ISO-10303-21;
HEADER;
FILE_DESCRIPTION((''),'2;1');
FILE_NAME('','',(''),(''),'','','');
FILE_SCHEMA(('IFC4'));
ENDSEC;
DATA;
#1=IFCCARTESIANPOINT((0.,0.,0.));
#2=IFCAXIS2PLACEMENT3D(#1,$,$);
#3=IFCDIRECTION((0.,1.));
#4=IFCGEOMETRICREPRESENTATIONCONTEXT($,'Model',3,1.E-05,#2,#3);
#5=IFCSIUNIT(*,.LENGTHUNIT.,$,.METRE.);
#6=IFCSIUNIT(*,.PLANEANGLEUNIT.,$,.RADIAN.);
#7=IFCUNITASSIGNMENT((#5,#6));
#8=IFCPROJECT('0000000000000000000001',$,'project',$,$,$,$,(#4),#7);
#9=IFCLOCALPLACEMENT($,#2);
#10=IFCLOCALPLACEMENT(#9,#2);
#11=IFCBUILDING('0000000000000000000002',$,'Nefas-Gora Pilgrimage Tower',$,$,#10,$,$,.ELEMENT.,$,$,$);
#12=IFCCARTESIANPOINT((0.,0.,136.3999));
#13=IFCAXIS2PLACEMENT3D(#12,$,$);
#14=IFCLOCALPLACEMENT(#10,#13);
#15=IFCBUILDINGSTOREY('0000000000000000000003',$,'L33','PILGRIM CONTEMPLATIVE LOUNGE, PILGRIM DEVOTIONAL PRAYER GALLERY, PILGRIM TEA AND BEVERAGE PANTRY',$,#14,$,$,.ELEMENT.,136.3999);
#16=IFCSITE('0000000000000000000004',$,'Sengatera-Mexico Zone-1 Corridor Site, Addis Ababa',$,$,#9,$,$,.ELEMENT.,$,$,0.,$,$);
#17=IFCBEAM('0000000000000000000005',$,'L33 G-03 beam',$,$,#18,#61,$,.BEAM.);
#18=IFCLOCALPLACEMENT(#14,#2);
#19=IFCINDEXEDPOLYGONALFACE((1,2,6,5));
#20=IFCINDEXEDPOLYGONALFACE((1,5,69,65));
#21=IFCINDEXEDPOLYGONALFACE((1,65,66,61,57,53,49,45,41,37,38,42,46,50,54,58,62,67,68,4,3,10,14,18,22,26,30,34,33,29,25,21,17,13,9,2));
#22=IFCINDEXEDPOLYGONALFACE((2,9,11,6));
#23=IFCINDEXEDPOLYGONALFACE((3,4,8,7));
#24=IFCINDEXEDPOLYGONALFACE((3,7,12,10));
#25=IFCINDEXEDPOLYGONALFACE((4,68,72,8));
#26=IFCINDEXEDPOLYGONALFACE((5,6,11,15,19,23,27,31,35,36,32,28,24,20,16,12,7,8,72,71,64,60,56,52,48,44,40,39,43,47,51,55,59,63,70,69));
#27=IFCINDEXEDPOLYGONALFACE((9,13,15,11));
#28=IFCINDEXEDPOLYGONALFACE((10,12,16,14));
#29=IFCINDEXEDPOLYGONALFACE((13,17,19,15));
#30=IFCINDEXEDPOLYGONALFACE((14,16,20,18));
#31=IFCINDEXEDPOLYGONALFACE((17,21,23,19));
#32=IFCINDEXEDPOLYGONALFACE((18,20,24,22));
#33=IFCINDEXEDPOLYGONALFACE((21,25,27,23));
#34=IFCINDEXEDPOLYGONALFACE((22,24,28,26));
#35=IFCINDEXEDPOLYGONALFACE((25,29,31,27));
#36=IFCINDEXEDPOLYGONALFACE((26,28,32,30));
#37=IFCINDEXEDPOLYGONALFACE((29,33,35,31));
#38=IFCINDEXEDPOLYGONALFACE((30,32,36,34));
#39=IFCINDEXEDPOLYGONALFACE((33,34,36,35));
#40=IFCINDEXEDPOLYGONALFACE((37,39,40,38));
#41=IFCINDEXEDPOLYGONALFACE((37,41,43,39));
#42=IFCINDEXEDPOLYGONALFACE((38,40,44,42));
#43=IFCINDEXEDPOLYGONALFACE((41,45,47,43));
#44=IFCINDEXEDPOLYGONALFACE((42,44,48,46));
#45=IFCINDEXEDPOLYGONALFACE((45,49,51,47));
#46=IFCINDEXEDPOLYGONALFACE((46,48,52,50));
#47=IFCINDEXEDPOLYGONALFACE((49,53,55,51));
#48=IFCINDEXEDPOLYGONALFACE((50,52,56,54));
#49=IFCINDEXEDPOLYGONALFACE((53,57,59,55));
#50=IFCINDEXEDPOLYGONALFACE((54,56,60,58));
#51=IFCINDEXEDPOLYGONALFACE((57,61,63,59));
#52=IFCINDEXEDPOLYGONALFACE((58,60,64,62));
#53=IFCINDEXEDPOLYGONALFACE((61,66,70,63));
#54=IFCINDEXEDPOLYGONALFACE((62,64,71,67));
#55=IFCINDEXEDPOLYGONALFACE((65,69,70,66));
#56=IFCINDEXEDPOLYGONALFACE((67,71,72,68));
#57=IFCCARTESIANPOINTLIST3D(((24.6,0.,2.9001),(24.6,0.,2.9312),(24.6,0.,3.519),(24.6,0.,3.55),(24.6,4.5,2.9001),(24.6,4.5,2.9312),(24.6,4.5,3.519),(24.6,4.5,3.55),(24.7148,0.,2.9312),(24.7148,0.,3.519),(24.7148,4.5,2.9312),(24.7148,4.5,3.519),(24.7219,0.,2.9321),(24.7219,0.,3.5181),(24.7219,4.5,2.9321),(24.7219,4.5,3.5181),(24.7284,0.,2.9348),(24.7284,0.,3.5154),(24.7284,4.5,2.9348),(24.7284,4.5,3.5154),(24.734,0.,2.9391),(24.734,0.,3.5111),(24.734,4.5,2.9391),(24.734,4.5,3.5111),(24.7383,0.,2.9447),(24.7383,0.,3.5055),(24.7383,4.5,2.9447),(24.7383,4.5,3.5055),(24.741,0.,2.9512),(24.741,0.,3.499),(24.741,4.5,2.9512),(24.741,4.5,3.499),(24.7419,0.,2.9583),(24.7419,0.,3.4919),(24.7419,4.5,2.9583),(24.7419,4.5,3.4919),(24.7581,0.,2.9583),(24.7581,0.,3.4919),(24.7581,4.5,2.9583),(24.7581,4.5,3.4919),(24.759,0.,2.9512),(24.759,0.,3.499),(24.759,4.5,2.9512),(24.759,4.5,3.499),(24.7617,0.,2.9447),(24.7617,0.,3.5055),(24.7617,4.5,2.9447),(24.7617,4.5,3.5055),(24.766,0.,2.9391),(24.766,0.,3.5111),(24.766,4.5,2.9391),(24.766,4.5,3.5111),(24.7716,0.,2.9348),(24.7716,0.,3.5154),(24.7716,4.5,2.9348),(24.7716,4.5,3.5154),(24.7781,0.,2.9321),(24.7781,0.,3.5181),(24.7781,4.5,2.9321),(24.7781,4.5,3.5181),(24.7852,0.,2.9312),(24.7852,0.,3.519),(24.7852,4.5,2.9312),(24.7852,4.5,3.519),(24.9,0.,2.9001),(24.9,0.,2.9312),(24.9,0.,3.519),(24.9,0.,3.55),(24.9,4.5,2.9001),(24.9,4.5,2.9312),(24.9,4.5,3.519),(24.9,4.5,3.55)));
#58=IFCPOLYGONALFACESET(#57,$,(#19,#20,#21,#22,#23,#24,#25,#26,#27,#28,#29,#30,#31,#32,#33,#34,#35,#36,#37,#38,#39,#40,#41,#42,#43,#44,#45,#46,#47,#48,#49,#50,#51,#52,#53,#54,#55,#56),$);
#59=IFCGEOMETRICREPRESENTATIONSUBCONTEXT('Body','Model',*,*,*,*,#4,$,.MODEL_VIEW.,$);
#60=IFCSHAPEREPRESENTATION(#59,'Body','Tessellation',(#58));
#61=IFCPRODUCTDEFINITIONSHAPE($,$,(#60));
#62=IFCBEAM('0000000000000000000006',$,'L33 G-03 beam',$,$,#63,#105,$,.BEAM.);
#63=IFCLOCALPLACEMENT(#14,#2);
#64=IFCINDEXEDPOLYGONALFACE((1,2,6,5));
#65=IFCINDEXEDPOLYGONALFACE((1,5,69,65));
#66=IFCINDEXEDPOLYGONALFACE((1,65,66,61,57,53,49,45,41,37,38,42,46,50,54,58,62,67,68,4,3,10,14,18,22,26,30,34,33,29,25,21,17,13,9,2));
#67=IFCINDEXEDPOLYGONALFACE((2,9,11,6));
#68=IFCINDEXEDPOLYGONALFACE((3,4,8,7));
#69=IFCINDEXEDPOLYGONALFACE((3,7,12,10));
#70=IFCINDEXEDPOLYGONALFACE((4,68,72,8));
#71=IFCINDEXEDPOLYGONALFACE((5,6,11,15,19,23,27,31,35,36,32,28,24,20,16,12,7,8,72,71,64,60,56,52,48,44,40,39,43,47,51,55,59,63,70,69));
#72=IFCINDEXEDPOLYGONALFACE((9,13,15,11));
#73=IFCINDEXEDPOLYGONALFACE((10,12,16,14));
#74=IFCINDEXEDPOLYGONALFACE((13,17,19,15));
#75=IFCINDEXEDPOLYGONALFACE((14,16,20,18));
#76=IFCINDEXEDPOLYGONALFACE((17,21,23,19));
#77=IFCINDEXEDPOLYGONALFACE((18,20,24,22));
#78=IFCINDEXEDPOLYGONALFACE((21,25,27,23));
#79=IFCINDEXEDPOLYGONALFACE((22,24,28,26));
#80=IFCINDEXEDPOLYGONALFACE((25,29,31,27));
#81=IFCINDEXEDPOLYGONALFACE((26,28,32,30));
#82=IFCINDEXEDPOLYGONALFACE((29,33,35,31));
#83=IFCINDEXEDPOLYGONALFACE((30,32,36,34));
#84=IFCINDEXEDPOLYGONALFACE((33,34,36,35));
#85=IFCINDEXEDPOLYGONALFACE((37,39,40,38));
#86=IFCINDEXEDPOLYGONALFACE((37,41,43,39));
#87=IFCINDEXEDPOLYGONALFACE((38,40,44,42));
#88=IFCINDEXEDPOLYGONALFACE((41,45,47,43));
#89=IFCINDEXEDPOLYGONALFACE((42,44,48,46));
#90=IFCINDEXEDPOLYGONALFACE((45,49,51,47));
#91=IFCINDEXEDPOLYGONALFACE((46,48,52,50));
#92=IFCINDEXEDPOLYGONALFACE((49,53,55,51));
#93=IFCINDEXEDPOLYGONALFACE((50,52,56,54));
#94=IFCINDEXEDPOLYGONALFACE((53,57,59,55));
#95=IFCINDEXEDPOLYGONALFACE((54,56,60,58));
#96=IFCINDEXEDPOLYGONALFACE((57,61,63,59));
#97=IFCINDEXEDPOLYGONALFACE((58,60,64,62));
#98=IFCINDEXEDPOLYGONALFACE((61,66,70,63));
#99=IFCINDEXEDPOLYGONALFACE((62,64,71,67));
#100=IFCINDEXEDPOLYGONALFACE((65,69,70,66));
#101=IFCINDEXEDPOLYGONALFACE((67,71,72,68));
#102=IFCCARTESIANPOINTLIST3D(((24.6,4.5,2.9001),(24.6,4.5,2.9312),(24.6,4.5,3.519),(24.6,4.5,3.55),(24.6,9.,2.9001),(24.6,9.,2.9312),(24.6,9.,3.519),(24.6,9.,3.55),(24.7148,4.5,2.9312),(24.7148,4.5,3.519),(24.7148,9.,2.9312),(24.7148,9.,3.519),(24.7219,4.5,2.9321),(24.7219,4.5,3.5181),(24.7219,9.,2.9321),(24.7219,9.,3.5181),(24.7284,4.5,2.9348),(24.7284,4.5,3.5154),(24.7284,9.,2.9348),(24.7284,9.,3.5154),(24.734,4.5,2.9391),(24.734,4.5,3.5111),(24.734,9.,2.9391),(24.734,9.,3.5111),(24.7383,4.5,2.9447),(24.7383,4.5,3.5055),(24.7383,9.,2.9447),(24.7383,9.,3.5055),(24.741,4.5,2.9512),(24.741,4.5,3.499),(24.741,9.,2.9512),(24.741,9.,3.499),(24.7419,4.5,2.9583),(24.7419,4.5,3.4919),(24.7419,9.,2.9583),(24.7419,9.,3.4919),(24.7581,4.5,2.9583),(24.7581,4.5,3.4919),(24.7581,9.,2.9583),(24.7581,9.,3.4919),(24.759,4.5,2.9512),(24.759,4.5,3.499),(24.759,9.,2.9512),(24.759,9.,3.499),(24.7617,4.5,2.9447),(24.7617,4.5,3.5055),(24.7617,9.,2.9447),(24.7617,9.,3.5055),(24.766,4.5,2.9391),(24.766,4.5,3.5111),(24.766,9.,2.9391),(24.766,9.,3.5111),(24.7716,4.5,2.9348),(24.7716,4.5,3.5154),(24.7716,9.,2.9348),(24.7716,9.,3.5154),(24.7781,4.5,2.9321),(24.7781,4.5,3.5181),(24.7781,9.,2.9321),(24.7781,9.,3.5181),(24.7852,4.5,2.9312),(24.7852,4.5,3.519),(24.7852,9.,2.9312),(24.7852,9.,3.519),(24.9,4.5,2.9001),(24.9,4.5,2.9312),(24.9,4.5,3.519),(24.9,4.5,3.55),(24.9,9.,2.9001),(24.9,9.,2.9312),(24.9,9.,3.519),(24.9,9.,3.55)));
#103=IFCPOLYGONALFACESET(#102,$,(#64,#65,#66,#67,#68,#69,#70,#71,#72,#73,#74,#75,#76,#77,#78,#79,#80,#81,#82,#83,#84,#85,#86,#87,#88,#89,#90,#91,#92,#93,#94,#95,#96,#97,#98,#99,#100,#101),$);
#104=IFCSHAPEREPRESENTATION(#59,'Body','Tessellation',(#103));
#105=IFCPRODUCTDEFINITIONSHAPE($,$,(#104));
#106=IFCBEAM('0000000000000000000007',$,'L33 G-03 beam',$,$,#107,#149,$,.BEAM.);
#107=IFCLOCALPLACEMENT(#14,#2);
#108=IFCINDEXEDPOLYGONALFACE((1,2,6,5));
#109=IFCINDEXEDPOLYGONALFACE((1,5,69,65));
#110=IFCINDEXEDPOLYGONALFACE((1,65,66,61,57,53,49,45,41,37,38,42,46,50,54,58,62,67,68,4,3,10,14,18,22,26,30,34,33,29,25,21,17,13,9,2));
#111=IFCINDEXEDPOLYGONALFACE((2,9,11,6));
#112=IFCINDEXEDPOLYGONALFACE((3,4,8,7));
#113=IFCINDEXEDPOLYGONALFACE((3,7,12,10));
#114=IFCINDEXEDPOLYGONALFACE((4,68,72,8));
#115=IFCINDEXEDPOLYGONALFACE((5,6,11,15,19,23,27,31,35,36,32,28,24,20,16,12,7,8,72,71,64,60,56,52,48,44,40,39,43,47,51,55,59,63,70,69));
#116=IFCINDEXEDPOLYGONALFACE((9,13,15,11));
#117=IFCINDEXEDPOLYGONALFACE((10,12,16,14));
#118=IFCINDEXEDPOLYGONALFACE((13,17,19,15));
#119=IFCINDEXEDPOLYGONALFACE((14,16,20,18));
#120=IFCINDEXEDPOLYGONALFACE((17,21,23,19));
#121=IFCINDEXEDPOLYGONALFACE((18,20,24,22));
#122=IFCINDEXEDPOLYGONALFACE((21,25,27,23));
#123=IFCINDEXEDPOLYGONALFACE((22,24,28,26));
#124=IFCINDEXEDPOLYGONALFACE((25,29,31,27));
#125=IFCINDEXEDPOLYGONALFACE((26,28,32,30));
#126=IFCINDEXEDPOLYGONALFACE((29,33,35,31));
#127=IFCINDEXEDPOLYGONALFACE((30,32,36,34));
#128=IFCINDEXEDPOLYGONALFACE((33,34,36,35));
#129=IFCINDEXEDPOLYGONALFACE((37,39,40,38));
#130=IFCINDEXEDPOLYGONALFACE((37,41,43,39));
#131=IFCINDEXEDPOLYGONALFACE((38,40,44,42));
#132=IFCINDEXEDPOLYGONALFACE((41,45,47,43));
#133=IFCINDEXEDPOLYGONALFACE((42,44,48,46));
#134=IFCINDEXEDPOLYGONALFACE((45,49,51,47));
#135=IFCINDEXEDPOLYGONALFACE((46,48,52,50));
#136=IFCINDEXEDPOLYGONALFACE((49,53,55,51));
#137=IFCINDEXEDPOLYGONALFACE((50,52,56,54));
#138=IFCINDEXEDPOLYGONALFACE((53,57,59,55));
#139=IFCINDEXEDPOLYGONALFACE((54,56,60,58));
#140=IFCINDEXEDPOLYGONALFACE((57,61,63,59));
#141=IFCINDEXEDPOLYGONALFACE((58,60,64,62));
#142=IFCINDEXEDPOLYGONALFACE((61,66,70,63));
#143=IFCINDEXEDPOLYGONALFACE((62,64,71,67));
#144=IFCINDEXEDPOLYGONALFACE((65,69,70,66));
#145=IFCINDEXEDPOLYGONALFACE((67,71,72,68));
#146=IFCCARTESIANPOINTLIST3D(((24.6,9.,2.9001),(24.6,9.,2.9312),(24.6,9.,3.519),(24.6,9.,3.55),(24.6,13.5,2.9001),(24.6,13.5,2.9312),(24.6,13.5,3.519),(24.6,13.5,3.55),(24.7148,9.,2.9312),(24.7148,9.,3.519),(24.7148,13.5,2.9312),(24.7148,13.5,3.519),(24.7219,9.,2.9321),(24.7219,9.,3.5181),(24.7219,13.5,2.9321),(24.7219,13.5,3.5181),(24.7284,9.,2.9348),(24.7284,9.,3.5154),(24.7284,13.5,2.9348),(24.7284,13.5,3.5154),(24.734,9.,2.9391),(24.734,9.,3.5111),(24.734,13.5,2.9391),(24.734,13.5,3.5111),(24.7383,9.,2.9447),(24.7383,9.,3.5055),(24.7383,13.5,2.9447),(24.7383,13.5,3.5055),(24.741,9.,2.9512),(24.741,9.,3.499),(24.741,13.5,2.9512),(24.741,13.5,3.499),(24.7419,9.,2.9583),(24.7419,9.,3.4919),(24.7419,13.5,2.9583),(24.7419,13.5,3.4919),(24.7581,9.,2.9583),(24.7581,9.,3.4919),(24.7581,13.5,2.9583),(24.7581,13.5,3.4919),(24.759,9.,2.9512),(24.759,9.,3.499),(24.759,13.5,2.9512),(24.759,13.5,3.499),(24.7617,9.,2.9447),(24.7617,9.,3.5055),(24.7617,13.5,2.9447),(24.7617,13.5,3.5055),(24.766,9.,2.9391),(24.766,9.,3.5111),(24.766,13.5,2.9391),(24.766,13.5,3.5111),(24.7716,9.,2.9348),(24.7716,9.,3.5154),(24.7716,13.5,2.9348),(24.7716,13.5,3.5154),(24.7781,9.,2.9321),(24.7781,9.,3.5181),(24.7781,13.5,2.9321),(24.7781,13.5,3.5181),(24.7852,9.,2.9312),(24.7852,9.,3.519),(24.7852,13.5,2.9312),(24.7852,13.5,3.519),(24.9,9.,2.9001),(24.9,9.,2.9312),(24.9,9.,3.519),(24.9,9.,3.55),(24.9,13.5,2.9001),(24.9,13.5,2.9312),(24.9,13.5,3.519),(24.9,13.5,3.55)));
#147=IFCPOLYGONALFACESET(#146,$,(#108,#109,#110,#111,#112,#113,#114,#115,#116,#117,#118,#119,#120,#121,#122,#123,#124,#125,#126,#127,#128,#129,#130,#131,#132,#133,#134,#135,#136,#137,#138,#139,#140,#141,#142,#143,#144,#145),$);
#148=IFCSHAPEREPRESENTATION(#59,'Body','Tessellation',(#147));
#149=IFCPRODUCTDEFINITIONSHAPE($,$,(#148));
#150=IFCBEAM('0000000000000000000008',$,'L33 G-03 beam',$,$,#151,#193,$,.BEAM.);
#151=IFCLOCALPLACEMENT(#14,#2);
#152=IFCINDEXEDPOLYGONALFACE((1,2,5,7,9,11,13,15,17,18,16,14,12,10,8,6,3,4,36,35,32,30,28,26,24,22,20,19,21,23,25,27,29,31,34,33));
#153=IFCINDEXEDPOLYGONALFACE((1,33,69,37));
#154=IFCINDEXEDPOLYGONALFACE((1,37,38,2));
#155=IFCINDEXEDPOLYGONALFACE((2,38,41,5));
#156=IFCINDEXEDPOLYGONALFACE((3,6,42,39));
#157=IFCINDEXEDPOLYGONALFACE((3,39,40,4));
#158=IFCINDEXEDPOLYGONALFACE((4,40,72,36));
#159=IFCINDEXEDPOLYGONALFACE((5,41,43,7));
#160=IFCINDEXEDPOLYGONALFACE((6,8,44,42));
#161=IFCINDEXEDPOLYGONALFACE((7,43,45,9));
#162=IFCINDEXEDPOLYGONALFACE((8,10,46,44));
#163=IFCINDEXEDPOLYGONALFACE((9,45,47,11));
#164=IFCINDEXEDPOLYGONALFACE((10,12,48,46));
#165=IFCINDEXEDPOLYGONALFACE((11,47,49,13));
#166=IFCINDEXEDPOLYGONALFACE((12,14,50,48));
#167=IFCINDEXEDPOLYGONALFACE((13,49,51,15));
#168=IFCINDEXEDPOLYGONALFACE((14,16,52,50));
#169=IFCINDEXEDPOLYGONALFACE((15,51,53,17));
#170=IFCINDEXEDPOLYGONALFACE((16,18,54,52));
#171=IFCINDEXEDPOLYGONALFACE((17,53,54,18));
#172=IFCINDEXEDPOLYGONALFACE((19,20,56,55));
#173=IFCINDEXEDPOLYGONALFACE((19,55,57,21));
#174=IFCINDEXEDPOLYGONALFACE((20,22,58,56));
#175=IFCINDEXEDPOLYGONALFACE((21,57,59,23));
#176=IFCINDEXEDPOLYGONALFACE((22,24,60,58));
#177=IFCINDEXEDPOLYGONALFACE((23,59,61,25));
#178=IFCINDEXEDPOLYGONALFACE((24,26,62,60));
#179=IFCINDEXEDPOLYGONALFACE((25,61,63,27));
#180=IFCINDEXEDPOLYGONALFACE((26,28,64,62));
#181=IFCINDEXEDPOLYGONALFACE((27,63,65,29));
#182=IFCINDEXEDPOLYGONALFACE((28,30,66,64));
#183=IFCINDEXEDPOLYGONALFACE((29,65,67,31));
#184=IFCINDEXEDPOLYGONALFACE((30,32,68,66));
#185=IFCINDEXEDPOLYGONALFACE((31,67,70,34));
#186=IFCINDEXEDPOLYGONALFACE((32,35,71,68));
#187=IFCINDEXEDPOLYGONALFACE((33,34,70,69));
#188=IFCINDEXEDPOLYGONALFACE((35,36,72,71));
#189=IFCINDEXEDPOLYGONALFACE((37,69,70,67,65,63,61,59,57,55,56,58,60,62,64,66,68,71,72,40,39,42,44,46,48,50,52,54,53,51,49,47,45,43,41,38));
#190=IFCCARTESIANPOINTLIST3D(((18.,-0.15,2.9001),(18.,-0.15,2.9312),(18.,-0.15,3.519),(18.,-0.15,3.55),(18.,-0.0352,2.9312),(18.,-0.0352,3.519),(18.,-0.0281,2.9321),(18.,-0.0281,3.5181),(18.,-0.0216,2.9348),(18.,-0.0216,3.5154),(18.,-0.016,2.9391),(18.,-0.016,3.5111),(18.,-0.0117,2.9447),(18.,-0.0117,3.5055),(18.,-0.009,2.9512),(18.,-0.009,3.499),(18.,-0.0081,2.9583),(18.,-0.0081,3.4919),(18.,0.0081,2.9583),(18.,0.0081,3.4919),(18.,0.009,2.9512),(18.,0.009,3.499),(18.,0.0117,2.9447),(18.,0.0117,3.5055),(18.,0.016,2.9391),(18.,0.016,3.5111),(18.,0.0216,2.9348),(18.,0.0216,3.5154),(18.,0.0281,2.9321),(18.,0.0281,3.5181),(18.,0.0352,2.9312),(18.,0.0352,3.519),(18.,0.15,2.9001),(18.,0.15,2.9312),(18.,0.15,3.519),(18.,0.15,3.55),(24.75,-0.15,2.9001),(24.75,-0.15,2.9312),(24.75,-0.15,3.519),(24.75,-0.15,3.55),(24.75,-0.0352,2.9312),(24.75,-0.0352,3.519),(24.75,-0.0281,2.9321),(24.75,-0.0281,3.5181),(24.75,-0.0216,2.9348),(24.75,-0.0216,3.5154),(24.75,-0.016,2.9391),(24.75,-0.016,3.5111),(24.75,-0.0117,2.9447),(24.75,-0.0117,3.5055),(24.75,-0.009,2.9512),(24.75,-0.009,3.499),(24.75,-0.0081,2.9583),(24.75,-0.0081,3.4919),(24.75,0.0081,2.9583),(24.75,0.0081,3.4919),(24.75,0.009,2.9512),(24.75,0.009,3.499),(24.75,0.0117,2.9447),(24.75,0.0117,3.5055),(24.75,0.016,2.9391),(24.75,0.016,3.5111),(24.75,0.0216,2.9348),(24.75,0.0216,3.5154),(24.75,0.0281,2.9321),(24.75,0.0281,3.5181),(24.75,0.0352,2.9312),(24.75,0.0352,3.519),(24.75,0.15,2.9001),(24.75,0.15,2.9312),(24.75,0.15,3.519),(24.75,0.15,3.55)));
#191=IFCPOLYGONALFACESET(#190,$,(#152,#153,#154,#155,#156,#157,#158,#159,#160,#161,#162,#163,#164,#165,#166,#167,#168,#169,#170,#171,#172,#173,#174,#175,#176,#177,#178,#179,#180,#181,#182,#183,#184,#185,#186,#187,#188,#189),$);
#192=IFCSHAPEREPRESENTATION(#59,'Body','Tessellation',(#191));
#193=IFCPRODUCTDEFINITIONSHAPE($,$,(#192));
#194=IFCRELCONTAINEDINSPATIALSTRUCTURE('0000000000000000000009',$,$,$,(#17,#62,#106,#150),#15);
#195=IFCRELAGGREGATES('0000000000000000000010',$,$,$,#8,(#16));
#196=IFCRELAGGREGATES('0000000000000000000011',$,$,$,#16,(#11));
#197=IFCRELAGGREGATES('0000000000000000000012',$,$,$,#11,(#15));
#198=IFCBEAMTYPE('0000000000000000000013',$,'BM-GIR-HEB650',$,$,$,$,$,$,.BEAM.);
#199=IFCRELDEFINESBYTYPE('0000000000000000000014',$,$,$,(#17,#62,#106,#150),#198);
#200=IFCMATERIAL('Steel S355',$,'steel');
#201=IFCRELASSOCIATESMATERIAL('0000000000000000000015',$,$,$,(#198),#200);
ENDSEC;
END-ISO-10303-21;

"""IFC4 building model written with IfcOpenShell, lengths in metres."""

from ifc_helpers import new_model, si_unit, direction, frame, origin, origin_2d, place, context, subcontext, project, spatial, i_section, extrude, source, transform, mapped, material, material_profile, profile_set, type_object, element, save


model = new_model("IFC4")

# Units and contexts
model_context = context("Model", 3, precision=1e-05, world=origin(), true_north=direction((0.0, 1.0)))
body_context = subcontext(model_context, "Body", "Model", "MODEL_VIEW")
ifc_project = project(units=[si_unit("LENGTHUNIT", "METRE"), si_unit("PLANEANGLEUNIT", "RADIAN")], contexts=[model_context])

# Site, building, storey
site_placement = place(None, origin())
site = spatial("IfcSite", under=ifc_project, at=site_placement, Name="Sengatera-Mexico Zone-1 Corridor Site, Addis Ababa", CompositionType="ELEMENT", RefElevation=0.0)
building_placement = place(site_placement, origin())
building = spatial("IfcBuilding", under=site, at=building_placement, Name="Nefas-Gora Pilgrimage Tower", CompositionType="ELEMENT")
storey_placement = place(building_placement, frame((0.0, 0.0, 136.3999)))
storey = spatial("IfcBuildingStorey", under=building, at=storey_placement, Name="L33", Description="PILGRIM CONTEMPLATIVE LOUNGE, PILGRIM DEVOTIONAL PRAYER GALLERY, PILGRIM TEA AND BEVERAGE PANTRY", CompositionType="ELEMENT", Elevation=136.3999)

# Beams
ifc_material_1 = material(Name="Steel S355", Category="steel")
ifc_material_profile_1 = material_profile(ifc_material_1, i_section(OverallWidth=0.3, OverallDepth=0.6499, WebThickness=0.0161, FlangeThickness=0.031, FilletRadius=0.0271, at=origin_2d()), Name="HEB 650")
ifc_profile_set_1 = profile_set([ifc_material_profile_1], Name="Steel S355")
beam_type_1 = type_object("IfcBeamType", Name="BM-GIR-HEB650", PredefinedType="BEAM", material=ifc_profile_set_1)
shared_shape_1 = source(origin(), body_context, "Body", "SweptSolid", [
    extrude(i_section(OverallWidth=0.3, OverallDepth=0.6499, WebThickness=0.0161, FlangeThickness=0.031, FilletRadius=0.0271, at=origin_2d()), origin(), (0.0, 0.0, 1.0), 4.5),
])
for number, where, z_axis, x_axis, name in (
    (1, (24.75, 0.0, 3.2251), (0.0, 1.0, 0.0), (-1.0, 0.0, 0.0), "L33 G-03 beam"),
    (2, (24.75, 4.5, 3.2251), (0.0, 1.0, 0.0), (-1.0, 0.0, 0.0), "L33 G-03 beam"),
    (3, (24.75, 9.0, 3.2251), (0.0, 1.0, 0.0), (-1.0, 0.0, 0.0), "L33 G-03 beam"),
):
    element("IfcBeam", number, at=place(storey_placement, frame(where, z_axis=z_axis, x_axis=x_axis)), inside=storey, type_object=beam_type_1, Name=name, PredefinedType="BEAM", context=body_context, shape_type="MappedRepresentation", body=[
        mapped(shared_shape_1, transform((0.0, 0.0, 0.0), x_axis=(1.0, 0.0, 0.0), y_axis=(0.0, 1.0, 0.0), z_axis=(0.0, 0.0, 1.0), scale=1.0)),
    ])
shared_shape_2 = source(origin(), body_context, "Body", "SweptSolid", [
    extrude(i_section(OverallWidth=0.3, OverallDepth=0.6499, WebThickness=0.0161, FlangeThickness=0.031, FilletRadius=0.0271, at=origin_2d()), origin(), (0.0, 0.0, 1.0), 6.75),
])
for number, where, z_axis, x_axis, name in (
    (4, (18.0, 0.0, 3.2251), (1.0, 0.0, 0.0), (0.0, 1.0, 0.0), "L33 G-03 beam"),
):
    element("IfcBeam", number, at=place(storey_placement, frame(where, z_axis=z_axis, x_axis=x_axis)), inside=storey, type_object=beam_type_1, Name=name, PredefinedType="BEAM", context=body_context, shape_type="MappedRepresentation", body=[
        mapped(shared_shape_2, transform((0.0, 0.0, 0.0), x_axis=(1.0, 0.0, 0.0), y_axis=(0.0, 1.0, 0.0), z_axis=(0.0, 0.0, 1.0), scale=1.0)),
    ])

save(model, "model.ifc")
